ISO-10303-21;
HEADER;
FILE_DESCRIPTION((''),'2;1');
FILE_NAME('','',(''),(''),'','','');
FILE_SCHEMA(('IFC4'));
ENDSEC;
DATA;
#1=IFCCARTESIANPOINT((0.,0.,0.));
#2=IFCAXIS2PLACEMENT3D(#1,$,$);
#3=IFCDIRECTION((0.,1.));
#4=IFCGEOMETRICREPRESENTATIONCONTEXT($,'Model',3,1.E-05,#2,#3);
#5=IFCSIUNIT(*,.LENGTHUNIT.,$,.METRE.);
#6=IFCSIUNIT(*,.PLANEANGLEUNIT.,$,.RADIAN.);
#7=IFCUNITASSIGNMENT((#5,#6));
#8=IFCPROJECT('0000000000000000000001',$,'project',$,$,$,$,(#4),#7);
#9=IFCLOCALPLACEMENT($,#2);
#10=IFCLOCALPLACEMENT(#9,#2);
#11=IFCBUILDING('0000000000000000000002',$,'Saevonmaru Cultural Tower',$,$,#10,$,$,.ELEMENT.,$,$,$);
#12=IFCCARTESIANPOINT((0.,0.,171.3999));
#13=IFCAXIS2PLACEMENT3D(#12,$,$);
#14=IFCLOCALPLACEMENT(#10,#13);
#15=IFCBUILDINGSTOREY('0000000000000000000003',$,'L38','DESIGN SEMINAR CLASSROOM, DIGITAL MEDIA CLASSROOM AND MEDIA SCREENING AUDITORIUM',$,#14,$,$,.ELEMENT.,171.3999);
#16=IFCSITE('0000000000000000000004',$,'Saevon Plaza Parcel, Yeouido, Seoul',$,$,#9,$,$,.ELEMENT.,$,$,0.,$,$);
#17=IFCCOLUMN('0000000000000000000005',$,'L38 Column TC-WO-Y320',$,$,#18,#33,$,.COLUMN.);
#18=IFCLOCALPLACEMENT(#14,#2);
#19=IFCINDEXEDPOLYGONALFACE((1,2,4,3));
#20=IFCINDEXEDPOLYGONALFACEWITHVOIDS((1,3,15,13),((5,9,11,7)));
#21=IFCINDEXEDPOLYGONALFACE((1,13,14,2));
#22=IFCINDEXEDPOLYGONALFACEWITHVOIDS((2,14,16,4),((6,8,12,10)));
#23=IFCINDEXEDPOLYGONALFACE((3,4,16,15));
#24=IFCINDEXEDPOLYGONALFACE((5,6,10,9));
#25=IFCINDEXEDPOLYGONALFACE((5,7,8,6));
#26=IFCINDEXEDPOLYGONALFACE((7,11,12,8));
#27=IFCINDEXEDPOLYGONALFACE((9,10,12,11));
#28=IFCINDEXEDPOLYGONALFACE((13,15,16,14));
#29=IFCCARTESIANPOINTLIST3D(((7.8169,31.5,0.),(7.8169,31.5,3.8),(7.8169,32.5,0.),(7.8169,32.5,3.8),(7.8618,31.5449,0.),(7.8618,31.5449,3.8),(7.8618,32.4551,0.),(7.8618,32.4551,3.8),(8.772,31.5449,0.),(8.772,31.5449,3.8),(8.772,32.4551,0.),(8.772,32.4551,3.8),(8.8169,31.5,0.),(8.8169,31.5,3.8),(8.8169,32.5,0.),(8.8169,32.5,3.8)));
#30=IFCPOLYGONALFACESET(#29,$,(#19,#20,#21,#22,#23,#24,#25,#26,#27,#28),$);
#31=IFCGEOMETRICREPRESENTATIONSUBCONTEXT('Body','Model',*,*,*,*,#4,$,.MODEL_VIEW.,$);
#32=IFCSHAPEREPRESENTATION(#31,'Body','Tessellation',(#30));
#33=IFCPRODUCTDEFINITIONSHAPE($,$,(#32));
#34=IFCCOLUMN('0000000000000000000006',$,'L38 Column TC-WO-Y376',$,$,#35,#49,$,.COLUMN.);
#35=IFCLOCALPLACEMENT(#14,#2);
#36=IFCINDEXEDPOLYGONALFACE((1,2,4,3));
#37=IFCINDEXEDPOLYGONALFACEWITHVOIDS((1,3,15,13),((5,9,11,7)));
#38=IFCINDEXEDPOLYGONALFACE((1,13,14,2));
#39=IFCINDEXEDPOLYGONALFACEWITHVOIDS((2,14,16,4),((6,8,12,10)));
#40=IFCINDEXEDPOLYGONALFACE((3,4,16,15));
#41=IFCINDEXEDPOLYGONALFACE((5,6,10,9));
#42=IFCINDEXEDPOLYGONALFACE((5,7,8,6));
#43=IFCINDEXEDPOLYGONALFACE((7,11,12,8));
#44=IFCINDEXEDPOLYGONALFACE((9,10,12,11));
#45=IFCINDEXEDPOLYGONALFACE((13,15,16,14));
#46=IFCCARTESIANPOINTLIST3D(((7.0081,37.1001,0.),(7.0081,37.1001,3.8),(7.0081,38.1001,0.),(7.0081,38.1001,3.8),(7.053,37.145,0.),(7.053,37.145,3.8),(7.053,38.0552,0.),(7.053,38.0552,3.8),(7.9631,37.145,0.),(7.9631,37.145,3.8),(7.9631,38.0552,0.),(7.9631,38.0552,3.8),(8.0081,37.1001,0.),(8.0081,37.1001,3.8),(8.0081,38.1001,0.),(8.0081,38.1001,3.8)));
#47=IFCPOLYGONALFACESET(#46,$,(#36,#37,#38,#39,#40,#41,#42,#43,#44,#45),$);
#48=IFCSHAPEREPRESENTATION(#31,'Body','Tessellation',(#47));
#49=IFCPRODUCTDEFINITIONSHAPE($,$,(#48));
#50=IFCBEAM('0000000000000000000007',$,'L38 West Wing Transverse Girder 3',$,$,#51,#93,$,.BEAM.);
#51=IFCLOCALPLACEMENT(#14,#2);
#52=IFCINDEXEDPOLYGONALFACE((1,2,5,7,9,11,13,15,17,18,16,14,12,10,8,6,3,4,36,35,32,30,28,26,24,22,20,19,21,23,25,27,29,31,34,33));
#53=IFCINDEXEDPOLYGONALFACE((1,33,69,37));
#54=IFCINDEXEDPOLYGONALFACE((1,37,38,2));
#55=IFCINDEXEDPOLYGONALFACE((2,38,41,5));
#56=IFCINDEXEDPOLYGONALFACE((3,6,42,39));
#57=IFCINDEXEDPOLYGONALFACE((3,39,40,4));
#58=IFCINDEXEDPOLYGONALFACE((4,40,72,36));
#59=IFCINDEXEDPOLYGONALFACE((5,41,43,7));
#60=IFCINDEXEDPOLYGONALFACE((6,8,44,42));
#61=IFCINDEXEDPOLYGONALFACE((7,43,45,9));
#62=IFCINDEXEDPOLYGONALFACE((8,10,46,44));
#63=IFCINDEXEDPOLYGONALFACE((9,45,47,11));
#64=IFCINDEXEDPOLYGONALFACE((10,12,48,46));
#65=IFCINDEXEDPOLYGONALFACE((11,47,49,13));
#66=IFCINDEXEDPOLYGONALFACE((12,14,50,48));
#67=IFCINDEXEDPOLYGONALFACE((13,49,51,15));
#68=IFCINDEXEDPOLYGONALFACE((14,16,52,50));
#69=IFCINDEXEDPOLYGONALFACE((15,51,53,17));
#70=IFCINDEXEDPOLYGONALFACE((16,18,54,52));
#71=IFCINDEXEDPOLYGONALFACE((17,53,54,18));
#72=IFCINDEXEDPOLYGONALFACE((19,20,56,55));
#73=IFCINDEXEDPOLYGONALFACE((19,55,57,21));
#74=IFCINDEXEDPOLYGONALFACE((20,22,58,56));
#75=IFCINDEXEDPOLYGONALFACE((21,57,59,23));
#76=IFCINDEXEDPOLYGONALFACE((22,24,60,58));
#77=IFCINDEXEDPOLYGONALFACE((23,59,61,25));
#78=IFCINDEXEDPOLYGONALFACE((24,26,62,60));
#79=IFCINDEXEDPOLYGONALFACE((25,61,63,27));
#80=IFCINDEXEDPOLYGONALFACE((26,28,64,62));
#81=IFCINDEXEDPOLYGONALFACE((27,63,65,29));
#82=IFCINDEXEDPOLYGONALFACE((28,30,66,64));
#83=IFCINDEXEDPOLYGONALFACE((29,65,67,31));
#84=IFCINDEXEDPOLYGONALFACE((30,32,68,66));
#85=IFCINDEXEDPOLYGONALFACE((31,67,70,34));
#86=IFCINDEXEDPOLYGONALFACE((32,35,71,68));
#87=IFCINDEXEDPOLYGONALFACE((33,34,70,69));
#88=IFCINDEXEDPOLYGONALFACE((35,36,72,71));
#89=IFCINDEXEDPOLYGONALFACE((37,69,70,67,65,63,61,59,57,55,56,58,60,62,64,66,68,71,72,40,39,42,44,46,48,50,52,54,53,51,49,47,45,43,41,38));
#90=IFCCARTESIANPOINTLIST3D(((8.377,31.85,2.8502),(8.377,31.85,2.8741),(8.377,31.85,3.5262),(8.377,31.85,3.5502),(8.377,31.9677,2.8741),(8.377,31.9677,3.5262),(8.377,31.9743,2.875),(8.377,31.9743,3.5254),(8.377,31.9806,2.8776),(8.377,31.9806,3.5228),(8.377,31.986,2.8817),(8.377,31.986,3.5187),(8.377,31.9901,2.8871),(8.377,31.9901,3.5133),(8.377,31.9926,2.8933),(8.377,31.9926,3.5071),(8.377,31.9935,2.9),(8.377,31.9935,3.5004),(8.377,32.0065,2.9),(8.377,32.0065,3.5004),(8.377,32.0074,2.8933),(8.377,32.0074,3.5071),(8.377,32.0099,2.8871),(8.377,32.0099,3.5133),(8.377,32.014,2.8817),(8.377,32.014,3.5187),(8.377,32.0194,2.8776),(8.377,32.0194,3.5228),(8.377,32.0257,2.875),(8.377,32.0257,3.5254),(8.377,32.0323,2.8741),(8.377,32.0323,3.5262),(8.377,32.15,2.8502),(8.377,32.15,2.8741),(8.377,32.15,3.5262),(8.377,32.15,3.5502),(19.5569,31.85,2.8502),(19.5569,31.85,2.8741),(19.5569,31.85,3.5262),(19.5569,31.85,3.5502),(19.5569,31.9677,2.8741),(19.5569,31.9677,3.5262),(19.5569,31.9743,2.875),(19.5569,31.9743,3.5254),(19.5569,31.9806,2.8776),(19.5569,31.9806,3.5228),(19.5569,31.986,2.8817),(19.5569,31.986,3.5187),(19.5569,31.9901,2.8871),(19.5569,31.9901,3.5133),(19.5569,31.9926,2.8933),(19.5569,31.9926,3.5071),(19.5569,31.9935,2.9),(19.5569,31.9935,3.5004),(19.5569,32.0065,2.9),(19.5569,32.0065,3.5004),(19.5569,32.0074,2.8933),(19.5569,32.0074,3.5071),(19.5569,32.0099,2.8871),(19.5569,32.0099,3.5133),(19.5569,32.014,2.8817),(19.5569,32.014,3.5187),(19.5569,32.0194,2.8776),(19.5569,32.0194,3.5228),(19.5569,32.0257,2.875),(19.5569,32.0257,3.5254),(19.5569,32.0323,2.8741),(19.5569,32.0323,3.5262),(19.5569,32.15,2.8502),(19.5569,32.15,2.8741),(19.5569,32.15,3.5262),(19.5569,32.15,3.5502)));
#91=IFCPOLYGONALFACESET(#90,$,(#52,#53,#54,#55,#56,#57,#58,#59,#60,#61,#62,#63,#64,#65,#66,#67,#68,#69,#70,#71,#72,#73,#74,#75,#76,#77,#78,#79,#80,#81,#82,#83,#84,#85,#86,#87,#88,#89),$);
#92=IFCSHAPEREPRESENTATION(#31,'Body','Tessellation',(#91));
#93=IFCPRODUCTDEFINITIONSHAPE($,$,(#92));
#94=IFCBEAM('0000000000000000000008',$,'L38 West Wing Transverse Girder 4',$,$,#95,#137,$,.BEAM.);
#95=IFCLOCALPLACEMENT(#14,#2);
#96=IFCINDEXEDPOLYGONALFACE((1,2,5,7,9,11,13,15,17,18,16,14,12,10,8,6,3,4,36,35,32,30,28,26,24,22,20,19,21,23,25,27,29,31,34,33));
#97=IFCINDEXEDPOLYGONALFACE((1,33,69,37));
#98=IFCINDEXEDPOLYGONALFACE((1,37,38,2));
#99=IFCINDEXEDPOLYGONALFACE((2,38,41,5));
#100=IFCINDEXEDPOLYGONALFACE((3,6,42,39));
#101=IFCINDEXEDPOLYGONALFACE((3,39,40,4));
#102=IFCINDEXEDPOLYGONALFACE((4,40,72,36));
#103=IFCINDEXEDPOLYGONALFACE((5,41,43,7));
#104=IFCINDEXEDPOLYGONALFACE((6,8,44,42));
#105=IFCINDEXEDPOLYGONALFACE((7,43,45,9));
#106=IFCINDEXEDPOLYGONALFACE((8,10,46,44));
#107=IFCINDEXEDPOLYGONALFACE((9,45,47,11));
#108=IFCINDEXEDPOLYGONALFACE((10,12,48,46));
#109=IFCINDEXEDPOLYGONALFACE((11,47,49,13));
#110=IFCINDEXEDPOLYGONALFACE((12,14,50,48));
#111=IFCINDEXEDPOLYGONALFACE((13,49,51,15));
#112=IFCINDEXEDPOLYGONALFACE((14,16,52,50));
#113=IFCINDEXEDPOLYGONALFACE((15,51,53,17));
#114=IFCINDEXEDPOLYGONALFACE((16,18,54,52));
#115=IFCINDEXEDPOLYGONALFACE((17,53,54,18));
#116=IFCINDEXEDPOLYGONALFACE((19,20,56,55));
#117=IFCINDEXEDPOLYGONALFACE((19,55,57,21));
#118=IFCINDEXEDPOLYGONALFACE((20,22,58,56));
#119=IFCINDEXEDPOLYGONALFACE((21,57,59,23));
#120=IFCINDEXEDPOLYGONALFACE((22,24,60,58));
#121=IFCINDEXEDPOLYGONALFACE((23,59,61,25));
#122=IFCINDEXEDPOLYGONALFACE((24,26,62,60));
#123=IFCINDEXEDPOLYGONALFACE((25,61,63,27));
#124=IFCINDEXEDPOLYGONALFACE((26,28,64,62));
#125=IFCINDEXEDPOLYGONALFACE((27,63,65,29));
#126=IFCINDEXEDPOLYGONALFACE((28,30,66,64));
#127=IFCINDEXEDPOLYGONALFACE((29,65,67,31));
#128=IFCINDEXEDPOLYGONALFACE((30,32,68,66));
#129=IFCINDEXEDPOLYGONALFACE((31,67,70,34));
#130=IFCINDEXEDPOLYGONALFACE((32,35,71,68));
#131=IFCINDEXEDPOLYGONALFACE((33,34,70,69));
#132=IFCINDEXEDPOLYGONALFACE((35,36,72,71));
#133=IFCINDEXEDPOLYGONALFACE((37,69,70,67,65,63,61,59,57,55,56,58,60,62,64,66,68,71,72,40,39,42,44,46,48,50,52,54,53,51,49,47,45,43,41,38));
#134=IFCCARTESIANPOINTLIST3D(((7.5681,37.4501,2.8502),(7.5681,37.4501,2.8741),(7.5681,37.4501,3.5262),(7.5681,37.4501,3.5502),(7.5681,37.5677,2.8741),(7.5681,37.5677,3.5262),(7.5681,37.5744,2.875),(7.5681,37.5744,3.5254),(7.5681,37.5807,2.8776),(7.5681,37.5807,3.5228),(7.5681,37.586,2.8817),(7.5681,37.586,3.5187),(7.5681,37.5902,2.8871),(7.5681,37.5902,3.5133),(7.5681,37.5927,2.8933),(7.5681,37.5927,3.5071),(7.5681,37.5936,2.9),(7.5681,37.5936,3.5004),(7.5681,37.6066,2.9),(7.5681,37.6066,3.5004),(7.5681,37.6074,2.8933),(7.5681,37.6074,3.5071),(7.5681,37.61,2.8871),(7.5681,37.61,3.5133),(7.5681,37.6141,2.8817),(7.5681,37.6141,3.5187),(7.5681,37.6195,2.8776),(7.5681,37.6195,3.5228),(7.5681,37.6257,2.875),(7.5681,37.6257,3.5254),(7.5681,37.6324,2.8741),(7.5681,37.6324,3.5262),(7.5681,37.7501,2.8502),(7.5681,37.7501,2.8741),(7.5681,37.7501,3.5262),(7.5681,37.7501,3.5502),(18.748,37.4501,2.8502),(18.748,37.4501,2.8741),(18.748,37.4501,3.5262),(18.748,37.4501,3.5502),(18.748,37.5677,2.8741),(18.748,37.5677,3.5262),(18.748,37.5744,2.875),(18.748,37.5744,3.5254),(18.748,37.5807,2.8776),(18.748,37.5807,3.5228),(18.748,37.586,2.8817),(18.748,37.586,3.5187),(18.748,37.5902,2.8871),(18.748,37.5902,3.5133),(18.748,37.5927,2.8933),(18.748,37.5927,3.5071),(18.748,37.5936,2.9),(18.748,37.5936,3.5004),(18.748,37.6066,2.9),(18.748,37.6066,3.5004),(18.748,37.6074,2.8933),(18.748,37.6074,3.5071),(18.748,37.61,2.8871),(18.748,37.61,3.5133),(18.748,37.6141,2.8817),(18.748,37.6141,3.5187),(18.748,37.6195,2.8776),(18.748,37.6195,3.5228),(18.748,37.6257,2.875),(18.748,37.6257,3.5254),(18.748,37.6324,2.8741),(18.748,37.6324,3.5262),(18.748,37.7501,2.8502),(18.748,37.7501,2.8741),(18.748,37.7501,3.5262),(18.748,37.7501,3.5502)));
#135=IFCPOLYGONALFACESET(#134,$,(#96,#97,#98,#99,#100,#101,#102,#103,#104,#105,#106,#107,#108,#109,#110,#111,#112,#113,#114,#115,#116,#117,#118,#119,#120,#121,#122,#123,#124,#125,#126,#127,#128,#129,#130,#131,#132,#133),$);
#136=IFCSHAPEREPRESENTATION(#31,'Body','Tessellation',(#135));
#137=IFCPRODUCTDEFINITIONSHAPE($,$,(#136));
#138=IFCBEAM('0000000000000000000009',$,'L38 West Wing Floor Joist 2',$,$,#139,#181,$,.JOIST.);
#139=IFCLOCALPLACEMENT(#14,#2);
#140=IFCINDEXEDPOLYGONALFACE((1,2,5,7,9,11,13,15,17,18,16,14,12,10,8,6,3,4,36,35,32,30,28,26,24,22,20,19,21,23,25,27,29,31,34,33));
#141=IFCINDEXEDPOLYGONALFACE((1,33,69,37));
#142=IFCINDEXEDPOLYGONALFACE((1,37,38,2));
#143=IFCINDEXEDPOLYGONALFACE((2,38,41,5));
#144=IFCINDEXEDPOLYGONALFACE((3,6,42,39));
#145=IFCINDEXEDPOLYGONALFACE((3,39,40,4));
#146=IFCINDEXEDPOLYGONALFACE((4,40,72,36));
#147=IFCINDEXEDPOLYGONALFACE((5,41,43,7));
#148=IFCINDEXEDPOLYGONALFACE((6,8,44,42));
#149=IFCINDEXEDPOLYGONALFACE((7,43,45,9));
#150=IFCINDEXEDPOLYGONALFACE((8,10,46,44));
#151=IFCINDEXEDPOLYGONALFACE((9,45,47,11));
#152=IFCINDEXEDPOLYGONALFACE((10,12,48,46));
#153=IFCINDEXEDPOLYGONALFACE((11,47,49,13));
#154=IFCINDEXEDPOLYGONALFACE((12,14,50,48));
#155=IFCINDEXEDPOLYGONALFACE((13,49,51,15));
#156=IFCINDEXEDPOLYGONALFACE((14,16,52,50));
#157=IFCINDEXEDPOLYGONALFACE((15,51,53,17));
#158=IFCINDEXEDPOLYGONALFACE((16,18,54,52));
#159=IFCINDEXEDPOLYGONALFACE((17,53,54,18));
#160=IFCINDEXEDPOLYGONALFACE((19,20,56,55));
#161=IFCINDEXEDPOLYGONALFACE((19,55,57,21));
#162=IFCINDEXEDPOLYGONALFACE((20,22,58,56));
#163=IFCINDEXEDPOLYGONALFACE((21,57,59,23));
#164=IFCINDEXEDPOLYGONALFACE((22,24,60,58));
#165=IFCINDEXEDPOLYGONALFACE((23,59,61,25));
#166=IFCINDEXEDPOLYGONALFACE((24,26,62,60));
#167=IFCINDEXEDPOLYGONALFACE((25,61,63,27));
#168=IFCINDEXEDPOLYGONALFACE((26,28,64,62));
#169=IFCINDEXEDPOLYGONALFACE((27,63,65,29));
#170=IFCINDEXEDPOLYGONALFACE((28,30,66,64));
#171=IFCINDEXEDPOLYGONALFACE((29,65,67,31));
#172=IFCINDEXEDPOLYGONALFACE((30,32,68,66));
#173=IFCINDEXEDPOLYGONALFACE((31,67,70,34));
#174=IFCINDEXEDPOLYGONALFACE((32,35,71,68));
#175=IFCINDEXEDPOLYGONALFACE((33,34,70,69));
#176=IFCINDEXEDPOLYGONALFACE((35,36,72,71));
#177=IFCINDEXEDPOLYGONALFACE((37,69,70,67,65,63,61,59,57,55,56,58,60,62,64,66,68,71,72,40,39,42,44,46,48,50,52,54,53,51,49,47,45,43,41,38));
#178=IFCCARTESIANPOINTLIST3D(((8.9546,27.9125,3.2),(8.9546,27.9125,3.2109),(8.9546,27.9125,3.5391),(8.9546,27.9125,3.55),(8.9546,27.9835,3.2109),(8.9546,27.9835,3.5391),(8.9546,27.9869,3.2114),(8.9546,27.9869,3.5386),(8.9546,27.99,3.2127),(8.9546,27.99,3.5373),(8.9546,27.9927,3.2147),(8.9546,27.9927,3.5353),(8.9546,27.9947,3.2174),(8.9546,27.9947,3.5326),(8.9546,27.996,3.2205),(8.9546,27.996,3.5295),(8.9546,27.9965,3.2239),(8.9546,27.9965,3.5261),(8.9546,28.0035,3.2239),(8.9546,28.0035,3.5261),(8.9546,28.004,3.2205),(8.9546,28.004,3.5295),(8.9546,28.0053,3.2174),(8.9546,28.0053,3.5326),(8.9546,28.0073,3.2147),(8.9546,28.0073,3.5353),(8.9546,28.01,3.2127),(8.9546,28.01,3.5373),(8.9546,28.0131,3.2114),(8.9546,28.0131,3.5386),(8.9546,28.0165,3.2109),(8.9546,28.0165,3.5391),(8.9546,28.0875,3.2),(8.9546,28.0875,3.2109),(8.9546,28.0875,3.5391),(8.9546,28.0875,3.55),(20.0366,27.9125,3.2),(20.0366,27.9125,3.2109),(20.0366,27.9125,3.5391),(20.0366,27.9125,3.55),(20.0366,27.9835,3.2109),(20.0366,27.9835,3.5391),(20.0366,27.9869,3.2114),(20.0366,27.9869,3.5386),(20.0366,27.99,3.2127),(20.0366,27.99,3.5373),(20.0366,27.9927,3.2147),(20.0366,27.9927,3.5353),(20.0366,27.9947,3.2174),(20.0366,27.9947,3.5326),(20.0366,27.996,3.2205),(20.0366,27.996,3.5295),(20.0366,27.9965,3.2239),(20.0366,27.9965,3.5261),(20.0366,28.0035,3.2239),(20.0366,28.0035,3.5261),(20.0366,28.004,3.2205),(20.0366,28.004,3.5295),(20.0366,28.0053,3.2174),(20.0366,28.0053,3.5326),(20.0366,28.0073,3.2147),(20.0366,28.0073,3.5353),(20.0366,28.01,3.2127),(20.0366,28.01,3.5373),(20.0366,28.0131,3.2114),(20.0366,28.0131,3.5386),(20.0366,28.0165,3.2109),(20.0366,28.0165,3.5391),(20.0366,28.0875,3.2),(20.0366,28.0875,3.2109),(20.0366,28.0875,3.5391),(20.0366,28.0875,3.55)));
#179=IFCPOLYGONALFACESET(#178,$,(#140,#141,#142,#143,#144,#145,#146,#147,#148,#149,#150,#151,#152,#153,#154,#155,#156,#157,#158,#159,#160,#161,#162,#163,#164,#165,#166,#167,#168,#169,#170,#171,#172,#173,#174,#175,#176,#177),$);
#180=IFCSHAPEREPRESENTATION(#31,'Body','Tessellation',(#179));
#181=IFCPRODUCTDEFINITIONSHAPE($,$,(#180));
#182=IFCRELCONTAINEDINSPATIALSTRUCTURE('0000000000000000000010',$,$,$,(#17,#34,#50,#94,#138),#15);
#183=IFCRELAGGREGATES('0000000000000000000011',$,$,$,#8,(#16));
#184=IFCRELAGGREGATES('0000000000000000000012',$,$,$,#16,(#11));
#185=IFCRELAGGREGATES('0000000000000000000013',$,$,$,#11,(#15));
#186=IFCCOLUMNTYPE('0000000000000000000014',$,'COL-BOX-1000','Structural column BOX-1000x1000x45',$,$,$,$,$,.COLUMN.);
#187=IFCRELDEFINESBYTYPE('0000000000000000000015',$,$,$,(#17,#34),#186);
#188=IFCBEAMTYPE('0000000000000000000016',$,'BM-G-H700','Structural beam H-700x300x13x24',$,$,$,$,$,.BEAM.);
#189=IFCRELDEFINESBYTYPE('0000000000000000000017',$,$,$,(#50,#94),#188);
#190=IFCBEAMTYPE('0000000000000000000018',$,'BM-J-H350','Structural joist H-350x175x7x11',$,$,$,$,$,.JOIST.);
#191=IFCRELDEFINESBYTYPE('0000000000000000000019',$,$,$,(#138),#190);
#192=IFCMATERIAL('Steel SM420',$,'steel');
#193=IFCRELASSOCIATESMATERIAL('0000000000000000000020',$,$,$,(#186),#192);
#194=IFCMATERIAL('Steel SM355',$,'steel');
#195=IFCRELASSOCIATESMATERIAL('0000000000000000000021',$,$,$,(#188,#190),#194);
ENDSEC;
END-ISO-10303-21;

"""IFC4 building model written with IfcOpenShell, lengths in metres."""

from ifc_helpers import new_model, si_unit, direction, frame, origin, origin_2d, place, context, subcontext, project, spatial, hollow_rectangle, i_section, extrude, material, material_profile, profile_set, type_object, element, save


model = new_model("IFC4")

# Units and contexts
model_context = context("Model", 3, precision=1e-05, world=origin(), true_north=direction((0.0, 1.0)))
body_context = subcontext(model_context, "Body", "Model", "MODEL_VIEW")
ifc_project = project(units=[si_unit("LENGTHUNIT", "METRE"), si_unit("PLANEANGLEUNIT", "RADIAN")], contexts=[model_context])

# Site, building, storey
site_placement = place(None, origin())
site = spatial("IfcSite", under=ifc_project, at=site_placement, Name="Saevon Plaza Parcel, Yeouido, Seoul", CompositionType="ELEMENT", RefElevation=0.0)
building_placement = place(site_placement, origin())
building = spatial("IfcBuilding", under=site, at=building_placement, Name="Saevonmaru Cultural Tower", CompositionType="ELEMENT")
storey_placement = place(building_placement, frame((0.0, 0.0, 171.3999)))
storey = spatial("IfcBuildingStorey", under=building, at=storey_placement, Name="L38", Description="DESIGN SEMINAR CLASSROOM, DIGITAL MEDIA CLASSROOM AND MEDIA SCREENING AUDITORIUM", CompositionType="ELEMENT", Elevation=171.3999)

# Columns
ifc_material_1 = material(Name="Steel SM420", Category="steel")
ifc_material_profile_1 = material_profile(ifc_material_1, hollow_rectangle(XDim=1.0, YDim=1.0, WallThickness=0.0449, at=origin_2d()), Name="BOX-1000x1000x45")
ifc_profile_set_1 = profile_set([ifc_material_profile_1], Name="Steel SM420")
column_type = type_object("IfcColumnType", Name="COL-BOX-1000", Description="Structural column BOX-1000x1000x45", PredefinedType="COLUMN", material=ifc_profile_set_1)
for number, where, z_axis, x_axis, name in (
    (1, (8.3169, 32.0, 0.0), (0.0, 0.0, 1.0), (1.0, 0.0, 0.0), "L38 Column TC-WO-Y320"),
    (2, (7.5081, 37.6001, 0.0), (0.0, 0.0, 1.0), (1.0, 0.0, 0.0), "L38 Column TC-WO-Y376"),
):
    element("IfcColumn", number, at=place(storey_placement, frame(where, z_axis=z_axis, x_axis=x_axis)), inside=storey, type_object=column_type, Name=name, PredefinedType="COLUMN", context=body_context, shape_type="SweptSolid", body=[
        extrude(hollow_rectangle(XDim=1.0, YDim=1.0, WallThickness=0.0449, at=origin_2d()), origin(), (0.0, 0.0, 1.0), 3.8),
    ])

# Beams
ifc_material_2 = material(Name="Steel SM355", Category="steel")
ifc_material_profile_2 = material_profile(ifc_material_2, i_section(OverallWidth=0.3, OverallDepth=0.7, WebThickness=0.0129, FlangeThickness=0.0239, FilletRadius=0.0259, at=origin_2d()), Name="H-700x300x13x24")
ifc_profile_set_2 = profile_set([ifc_material_profile_2], Name="Steel SM355")
beam_type_1 = type_object("IfcBeamType", Name="BM-G-H700", Description="Structural beam H-700x300x13x24", PredefinedType="BEAM", material=ifc_profile_set_2)
for number, where, z_axis, x_axis, name in (
    (3, (8.377, 32.0, 3.2002), (1.0, 0.0, 0.0), (0.0, 1.0, 0.0), "L38 West Wing Transverse Girder 3"),
    (4, (7.5681, 37.6001, 3.2002), (1.0, 0.0, 0.0), (0.0, 1.0, 0.0), "L38 West Wing Transverse Girder 4"),
):
    element("IfcBeam", number, at=place(storey_placement, frame(where, z_axis=z_axis, x_axis=x_axis)), inside=storey, type_object=beam_type_1, Name=name, PredefinedType="BEAM", context=body_context, shape_type="SweptSolid", body=[
        extrude(i_section(OverallWidth=0.3, OverallDepth=0.7, WebThickness=0.0129, FlangeThickness=0.0239, FilletRadius=0.0259, at=origin_2d()), origin(), (0.0, 0.0, 1.0), 11.1799),
    ])
ifc_material_profile_3 = material_profile(ifc_material_2, i_section(OverallWidth=0.175, OverallDepth=0.3501, WebThickness=0.0071, FlangeThickness=0.011, FilletRadius=0.0129, at=origin_2d()), Name="H-350x175x7x11")
ifc_profile_set_3 = profile_set([ifc_material_profile_3], Name="Steel SM355")
beam_type_2 = type_object("IfcBeamType", Name="BM-J-H350", Description="Structural joist H-350x175x7x11", PredefinedType="JOIST", material=ifc_profile_set_3)
for number, where, z_axis, x_axis, name in (
    (5, (8.9546, 28.0, 3.375), (1.0, 0.0, 0.0), (0.0, 1.0, 0.0), "L38 West Wing Floor Joist 2"),
):
    element("IfcBeam", number, at=place(storey_placement, frame(where, z_axis=z_axis, x_axis=x_axis)), inside=storey, type_object=beam_type_2, Name=name, PredefinedType="JOIST", context=body_context, shape_type="SweptSolid", body=[
        extrude(i_section(OverallWidth=0.175, OverallDepth=0.3501, WebThickness=0.0071, FlangeThickness=0.011, FilletRadius=0.0129, at=origin_2d()), origin(), (0.0, 0.0, 1.0), 11.082),
    ])

save(model, "model.ifc")
